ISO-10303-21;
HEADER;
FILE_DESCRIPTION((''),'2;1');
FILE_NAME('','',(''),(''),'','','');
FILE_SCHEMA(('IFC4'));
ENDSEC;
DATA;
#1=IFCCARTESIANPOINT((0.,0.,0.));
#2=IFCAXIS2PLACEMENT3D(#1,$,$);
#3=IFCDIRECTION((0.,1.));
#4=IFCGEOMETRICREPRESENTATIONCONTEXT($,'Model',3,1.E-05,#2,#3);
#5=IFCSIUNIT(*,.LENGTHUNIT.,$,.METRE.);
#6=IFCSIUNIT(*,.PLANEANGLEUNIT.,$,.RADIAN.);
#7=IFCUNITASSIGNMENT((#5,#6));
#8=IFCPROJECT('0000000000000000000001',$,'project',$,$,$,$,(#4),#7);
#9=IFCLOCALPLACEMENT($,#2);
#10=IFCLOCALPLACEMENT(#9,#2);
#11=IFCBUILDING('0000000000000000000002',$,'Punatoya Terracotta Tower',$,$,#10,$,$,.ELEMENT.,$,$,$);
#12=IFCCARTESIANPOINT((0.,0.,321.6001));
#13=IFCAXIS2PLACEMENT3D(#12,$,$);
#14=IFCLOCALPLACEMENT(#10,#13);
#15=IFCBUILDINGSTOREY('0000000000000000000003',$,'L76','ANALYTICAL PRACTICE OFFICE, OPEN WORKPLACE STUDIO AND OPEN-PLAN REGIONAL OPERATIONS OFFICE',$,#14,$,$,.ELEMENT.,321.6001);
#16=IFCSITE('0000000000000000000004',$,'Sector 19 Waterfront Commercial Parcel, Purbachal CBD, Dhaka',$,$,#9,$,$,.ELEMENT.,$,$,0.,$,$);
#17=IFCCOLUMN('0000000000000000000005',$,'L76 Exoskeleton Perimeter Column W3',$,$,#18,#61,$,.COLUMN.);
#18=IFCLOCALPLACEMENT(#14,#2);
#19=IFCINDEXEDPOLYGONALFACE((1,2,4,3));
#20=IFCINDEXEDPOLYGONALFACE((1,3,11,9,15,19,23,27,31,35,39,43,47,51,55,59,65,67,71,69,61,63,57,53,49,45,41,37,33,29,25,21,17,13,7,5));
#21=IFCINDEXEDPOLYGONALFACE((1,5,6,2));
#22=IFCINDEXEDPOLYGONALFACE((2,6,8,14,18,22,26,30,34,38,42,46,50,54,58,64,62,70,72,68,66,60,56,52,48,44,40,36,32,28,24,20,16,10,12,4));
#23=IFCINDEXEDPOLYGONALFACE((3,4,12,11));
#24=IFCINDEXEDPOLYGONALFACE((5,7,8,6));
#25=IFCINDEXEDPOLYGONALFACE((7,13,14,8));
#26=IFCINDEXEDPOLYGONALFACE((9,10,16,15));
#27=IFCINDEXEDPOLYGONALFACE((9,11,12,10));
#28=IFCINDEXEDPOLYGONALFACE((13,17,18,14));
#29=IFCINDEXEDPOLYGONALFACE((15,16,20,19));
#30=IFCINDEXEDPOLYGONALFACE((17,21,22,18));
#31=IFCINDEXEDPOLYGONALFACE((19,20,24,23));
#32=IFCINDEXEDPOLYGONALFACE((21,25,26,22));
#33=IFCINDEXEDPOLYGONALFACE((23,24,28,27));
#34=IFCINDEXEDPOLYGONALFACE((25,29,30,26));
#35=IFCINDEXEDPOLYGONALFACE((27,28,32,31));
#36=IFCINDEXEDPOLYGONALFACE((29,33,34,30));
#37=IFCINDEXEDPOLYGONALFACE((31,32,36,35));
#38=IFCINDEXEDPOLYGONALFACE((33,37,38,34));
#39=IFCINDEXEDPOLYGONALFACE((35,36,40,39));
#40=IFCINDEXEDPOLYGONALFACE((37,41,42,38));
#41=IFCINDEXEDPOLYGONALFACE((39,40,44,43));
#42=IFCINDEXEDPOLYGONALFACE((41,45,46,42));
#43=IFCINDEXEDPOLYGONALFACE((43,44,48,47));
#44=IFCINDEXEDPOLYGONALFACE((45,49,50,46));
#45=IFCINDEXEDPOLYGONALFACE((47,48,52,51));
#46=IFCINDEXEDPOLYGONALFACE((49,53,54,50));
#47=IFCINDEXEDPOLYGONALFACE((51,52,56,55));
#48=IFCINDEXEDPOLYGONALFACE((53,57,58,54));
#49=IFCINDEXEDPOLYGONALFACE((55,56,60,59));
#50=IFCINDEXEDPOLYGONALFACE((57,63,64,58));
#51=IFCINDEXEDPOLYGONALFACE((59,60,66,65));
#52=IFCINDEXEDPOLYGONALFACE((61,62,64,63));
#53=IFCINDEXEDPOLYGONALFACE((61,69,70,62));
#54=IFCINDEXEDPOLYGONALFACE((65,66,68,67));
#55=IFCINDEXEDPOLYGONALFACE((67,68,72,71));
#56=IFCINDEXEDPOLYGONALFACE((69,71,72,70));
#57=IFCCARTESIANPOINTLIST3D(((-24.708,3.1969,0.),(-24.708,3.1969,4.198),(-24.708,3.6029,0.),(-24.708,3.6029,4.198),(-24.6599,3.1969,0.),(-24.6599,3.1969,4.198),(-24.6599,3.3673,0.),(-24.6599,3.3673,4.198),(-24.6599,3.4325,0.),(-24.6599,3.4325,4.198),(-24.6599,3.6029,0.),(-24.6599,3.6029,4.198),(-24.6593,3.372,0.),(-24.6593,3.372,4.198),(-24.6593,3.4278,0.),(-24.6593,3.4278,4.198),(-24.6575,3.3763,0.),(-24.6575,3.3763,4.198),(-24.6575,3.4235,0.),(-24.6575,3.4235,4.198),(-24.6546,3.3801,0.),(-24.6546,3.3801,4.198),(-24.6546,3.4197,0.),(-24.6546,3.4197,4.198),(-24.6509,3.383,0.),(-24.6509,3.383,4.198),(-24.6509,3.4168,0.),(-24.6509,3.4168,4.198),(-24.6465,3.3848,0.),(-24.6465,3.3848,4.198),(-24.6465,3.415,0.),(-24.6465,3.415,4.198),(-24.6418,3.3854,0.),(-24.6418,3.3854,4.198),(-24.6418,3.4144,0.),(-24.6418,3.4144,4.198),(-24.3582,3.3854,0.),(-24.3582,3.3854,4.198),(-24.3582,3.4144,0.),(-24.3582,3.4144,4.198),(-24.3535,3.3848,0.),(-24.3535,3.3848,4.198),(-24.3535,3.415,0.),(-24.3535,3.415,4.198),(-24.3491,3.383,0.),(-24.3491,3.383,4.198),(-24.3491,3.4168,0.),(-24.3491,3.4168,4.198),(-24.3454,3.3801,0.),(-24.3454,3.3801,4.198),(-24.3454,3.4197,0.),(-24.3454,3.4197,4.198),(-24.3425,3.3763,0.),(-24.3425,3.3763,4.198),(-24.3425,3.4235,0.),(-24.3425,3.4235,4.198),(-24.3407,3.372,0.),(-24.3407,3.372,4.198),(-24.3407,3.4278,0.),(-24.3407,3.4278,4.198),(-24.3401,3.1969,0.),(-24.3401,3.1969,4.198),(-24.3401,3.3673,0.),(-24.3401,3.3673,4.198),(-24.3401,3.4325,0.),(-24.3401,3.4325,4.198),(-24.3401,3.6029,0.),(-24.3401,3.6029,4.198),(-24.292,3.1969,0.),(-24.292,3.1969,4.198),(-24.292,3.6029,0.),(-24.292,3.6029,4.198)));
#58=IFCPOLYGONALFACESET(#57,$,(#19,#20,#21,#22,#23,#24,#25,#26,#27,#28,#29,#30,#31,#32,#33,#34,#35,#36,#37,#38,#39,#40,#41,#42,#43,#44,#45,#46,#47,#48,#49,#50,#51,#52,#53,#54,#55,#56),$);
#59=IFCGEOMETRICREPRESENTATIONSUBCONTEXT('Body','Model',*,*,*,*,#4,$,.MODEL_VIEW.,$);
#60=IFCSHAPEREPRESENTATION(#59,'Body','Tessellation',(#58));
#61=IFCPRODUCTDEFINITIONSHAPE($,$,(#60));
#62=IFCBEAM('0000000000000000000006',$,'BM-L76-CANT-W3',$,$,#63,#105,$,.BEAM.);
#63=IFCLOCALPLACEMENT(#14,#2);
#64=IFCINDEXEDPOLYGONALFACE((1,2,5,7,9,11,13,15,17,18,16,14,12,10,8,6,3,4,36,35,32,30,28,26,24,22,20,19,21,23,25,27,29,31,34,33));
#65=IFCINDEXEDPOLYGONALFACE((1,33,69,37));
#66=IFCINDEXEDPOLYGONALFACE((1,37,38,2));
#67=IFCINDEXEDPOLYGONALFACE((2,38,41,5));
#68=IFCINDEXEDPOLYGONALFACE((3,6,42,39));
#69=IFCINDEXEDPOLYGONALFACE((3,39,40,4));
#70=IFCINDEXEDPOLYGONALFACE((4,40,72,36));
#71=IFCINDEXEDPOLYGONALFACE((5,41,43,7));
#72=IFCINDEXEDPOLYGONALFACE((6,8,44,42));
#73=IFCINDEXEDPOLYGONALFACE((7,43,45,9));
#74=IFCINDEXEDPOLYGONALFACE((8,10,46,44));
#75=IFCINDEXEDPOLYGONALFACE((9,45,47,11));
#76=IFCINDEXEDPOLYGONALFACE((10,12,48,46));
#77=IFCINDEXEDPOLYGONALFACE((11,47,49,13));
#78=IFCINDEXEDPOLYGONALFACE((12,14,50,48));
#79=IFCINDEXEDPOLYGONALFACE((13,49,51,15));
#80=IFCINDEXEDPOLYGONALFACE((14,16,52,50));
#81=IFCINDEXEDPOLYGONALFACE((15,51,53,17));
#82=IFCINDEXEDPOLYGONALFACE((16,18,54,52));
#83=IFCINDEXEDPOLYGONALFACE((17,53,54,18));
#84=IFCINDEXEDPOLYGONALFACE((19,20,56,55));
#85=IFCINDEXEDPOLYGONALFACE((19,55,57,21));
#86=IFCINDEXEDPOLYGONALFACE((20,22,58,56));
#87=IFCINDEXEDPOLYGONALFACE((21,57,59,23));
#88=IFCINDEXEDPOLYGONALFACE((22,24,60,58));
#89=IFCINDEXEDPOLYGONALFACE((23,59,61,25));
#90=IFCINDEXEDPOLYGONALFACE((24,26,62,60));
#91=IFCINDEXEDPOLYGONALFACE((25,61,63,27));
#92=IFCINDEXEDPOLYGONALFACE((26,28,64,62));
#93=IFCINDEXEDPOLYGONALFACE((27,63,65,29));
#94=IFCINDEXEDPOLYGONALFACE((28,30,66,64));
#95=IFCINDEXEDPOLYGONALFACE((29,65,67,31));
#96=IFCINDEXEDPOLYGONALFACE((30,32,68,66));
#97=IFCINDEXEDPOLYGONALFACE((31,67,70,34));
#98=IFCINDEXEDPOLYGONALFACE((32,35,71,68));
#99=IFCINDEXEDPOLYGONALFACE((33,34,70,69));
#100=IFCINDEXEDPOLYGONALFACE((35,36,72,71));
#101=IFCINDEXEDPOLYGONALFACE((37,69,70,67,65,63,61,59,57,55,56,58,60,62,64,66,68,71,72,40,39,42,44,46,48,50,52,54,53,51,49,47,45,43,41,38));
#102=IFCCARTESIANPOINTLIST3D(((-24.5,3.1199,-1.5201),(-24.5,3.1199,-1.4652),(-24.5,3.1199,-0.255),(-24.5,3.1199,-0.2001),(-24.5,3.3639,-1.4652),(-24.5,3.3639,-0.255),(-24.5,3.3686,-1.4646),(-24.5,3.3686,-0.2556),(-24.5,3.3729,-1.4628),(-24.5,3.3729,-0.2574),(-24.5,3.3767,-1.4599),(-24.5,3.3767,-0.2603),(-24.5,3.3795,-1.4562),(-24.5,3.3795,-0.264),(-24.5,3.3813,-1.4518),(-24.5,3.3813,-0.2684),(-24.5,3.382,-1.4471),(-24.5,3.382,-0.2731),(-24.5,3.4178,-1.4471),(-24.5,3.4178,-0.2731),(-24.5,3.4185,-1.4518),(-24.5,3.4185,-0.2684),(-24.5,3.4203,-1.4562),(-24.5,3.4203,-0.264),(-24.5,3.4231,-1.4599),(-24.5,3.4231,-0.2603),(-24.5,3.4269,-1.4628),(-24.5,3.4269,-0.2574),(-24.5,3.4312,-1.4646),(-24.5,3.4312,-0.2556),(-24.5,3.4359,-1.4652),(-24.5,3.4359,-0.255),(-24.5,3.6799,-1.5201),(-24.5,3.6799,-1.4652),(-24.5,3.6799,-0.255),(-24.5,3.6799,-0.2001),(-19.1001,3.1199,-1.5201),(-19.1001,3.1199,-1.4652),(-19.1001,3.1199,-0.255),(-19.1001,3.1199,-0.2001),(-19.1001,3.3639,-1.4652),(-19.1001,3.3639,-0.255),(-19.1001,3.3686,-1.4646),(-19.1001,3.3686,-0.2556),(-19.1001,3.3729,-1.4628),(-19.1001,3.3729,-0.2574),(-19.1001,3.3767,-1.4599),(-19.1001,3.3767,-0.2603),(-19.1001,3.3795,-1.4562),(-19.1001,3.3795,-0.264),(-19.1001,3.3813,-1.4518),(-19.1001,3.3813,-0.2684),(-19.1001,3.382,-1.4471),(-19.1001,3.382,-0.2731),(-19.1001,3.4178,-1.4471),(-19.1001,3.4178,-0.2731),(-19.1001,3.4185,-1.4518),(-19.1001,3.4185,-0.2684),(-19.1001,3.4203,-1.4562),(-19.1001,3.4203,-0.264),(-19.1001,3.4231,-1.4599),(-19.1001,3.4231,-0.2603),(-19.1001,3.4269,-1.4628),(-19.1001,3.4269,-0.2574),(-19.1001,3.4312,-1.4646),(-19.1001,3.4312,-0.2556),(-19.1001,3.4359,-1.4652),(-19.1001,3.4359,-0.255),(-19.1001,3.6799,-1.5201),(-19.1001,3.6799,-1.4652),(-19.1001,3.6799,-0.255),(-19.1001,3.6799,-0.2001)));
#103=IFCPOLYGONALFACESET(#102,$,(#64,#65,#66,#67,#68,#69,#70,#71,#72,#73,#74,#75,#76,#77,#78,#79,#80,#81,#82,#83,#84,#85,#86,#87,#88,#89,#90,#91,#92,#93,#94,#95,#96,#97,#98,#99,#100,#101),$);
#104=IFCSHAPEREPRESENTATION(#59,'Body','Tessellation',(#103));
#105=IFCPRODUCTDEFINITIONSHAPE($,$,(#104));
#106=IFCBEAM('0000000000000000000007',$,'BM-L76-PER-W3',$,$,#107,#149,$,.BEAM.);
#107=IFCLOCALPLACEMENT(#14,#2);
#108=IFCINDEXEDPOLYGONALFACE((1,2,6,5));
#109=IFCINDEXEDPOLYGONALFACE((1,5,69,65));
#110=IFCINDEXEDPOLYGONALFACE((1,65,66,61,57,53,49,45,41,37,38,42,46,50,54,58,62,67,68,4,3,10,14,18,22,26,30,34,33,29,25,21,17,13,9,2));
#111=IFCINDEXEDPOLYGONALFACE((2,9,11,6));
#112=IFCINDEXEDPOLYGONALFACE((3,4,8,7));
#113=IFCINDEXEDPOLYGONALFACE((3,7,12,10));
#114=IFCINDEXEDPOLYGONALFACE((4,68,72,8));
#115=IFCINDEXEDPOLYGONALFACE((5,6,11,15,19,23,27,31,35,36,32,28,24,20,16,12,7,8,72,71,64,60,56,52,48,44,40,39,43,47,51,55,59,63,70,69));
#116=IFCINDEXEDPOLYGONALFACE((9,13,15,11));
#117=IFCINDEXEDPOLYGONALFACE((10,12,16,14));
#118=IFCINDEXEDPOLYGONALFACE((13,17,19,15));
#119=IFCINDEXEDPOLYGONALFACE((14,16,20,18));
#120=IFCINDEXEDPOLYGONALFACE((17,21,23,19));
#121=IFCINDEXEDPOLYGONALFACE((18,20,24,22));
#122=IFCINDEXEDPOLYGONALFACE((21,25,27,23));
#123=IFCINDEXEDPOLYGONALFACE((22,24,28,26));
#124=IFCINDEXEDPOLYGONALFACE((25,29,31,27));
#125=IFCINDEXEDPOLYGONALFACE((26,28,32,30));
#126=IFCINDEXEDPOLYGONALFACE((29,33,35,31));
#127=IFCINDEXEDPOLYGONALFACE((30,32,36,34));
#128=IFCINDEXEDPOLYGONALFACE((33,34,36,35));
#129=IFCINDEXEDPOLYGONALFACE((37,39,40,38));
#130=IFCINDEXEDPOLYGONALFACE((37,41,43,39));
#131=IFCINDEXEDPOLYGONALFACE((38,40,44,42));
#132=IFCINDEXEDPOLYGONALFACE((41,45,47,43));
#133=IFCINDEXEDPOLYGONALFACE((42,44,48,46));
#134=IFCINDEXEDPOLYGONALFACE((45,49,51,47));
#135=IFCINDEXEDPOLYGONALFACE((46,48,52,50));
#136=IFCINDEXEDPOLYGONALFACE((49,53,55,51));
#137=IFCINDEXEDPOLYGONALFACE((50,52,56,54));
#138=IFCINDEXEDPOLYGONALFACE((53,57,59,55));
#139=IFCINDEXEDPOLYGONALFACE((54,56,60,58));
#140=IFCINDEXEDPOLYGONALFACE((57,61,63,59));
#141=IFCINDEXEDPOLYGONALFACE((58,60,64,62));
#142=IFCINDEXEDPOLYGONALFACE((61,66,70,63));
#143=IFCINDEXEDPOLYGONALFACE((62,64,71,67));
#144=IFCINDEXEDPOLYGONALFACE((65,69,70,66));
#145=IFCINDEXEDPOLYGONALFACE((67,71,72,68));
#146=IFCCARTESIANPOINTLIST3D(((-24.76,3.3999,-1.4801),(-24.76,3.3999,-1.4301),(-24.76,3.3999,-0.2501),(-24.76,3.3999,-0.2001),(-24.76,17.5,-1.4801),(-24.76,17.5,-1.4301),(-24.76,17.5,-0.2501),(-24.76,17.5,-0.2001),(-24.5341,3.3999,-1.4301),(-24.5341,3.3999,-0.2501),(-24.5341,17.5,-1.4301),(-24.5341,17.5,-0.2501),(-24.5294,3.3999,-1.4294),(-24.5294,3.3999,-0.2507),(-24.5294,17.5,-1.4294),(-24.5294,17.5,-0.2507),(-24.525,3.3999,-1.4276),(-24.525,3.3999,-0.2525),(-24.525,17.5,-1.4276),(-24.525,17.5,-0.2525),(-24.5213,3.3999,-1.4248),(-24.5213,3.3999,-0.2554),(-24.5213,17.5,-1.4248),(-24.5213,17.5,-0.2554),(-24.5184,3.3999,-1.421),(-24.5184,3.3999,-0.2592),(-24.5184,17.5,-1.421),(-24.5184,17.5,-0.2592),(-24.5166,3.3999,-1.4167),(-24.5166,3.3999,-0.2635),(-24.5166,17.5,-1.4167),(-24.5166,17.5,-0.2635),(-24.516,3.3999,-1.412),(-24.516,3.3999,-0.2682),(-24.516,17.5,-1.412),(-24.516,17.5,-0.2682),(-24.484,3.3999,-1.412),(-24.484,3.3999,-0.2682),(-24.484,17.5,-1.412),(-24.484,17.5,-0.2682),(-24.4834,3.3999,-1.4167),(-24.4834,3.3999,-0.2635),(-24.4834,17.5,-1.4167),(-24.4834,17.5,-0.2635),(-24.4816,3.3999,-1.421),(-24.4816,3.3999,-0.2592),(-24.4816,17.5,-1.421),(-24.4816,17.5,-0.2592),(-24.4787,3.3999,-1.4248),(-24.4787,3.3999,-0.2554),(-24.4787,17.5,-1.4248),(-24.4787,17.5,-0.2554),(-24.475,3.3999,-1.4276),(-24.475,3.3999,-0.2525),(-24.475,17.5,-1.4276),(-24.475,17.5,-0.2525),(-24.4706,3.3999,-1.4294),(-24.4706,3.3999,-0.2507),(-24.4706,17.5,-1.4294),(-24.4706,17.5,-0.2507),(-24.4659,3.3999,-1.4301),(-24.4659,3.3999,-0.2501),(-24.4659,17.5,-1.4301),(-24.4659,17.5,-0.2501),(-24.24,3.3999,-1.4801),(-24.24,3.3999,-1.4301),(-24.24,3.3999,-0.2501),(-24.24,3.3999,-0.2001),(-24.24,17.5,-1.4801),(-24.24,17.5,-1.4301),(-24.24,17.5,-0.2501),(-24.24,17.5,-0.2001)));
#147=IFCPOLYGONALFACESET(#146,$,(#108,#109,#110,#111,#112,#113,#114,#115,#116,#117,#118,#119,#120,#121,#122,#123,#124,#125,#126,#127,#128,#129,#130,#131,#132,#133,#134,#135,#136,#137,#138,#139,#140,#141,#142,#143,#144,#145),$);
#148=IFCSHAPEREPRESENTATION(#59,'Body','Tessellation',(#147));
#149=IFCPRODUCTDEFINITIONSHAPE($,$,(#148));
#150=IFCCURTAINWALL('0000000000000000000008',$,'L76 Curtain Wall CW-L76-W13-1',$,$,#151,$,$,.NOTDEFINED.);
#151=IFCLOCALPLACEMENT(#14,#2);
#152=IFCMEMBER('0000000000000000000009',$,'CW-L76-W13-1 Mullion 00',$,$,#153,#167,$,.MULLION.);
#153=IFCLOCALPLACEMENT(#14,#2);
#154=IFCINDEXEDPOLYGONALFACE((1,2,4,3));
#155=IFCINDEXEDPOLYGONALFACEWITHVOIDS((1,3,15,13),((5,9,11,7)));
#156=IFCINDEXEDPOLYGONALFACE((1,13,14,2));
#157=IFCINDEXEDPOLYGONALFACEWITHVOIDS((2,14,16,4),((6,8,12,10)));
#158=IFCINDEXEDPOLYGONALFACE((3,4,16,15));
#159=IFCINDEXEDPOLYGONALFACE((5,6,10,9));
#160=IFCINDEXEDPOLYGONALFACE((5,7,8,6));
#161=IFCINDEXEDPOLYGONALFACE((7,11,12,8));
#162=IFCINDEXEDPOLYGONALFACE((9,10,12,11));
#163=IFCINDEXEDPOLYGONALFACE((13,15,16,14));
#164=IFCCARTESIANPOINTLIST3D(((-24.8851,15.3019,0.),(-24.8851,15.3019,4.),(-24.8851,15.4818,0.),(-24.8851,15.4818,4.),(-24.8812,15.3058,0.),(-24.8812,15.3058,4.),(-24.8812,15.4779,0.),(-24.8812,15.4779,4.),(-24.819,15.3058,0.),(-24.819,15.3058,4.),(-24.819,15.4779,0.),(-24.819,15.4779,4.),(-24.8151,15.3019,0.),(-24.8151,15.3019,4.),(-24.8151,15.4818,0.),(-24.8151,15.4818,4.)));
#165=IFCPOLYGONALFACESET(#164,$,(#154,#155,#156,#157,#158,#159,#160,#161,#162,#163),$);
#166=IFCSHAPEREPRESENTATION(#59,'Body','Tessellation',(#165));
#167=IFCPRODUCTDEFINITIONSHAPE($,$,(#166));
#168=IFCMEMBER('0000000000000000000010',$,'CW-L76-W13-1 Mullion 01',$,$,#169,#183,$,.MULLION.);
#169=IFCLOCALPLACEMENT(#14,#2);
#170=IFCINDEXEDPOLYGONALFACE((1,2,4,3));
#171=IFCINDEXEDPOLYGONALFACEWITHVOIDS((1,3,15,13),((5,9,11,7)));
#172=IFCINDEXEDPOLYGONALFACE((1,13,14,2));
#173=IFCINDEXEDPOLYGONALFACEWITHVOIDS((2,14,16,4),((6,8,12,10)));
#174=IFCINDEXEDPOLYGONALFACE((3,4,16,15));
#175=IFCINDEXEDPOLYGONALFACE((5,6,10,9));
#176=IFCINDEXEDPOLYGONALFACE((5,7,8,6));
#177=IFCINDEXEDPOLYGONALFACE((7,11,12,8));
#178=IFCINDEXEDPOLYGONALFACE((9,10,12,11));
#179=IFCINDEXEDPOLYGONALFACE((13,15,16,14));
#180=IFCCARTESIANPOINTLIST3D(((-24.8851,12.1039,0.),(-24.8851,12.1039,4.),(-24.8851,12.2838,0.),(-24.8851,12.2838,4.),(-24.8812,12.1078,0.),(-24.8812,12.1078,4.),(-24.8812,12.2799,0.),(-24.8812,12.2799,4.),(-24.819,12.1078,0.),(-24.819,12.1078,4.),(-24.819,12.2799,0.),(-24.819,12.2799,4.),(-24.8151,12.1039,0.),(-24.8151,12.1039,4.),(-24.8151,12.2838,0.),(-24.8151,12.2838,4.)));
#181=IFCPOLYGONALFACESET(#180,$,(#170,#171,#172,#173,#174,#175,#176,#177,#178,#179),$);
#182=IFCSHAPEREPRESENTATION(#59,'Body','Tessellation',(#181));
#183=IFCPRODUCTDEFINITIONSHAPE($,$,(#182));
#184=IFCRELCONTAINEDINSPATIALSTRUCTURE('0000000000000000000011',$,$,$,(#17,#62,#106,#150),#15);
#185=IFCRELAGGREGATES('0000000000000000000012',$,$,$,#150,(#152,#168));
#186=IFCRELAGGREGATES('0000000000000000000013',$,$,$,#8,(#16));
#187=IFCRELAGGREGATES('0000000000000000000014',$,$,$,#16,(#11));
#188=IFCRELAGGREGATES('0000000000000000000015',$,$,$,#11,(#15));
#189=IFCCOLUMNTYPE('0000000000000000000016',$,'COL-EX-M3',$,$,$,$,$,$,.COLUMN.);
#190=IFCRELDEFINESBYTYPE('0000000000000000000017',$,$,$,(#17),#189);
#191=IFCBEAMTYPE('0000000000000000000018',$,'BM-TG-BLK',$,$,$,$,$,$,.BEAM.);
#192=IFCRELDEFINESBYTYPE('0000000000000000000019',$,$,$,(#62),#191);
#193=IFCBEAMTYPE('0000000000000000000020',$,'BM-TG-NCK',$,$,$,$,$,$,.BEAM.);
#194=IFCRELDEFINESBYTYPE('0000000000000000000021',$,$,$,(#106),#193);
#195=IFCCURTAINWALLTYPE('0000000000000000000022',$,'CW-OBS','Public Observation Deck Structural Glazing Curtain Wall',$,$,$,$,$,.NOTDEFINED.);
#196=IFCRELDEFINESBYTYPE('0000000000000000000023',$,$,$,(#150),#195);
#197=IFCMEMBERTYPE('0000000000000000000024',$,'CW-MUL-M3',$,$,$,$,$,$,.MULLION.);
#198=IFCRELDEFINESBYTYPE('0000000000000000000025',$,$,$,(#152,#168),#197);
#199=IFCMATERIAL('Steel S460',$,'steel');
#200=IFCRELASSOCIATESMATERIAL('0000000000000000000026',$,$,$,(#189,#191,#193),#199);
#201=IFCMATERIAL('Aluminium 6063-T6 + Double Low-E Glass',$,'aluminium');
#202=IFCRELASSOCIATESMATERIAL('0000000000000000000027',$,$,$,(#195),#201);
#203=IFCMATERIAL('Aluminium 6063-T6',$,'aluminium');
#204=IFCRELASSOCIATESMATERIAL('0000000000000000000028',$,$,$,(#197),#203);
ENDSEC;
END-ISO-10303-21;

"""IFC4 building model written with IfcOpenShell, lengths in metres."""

from ifc_helpers import new_model, si_unit, direction, frame, origin, origin_2d, place, context, subcontext, project, spatial, hollow_rectangle, i_section, extrude, material, material_profile, profile_set, type_object, element, aggregate, save


model = new_model("IFC4")

# Units and contexts
model_context = context("Model", 3, precision=1e-05, world=origin(), true_north=direction((0.0, 1.0)))
body_context = subcontext(model_context, "Body", "Model", "MODEL_VIEW")
ifc_project = project(units=[si_unit("LENGTHUNIT", "METRE"), si_unit("PLANEANGLEUNIT", "RADIAN")], contexts=[model_context])

# Site, building, storey
site_placement = place(None, origin())
site = spatial("IfcSite", under=ifc_project, at=site_placement, Name="Sector 19 Waterfront Commercial Parcel, Purbachal CBD, Dhaka", CompositionType="ELEMENT", RefElevation=0.0)
building_placement = place(site_placement, origin())
building = spatial("IfcBuilding", under=site, at=building_placement, Name="Punatoya Terracotta Tower", CompositionType="ELEMENT")
storey_placement = place(building_placement, frame((0.0, 0.0, 321.6001)))
storey = spatial("IfcBuildingStorey", under=building, at=storey_placement, Name="L76", Description="ANALYTICAL PRACTICE OFFICE, OPEN WORKPLACE STUDIO AND OPEN-PLAN REGIONAL OPERATIONS OFFICE", CompositionType="ELEMENT", Elevation=321.6001)

# Column
ifc_material_1 = material(Name="Steel S460", Category="steel")
ifc_material_profile_1 = material_profile(ifc_material_1, i_section(OverallWidth=0.406, OverallDepth=0.416, WebThickness=0.0291, FlangeThickness=0.0481, FilletRadius=0.0181, at=origin_2d()))
ifc_profile_set_1 = profile_set([ifc_material_profile_1], Name="Steel S460")
column_type = type_object("IfcColumnType", Name="COL-EX-M3", PredefinedType="COLUMN", material=ifc_profile_set_1)
column_placement = place(storey_placement, frame((-24.5, 3.3999, 0.0), z_axis=(0.0, 0.0, 1.0), x_axis=(0.0, 1.0, 0.0)))
element("IfcColumn", 1, at=column_placement, inside=storey, type_object=column_type, Name="L76 Exoskeleton Perimeter Column W3", PredefinedType="COLUMN", context=body_context, shape_type="SweptSolid", body=[
    extrude(i_section(OverallWidth=0.406, OverallDepth=0.416, WebThickness=0.0291, FlangeThickness=0.0481, FilletRadius=0.0181, at=origin_2d()), origin(), (0.0, 0.0, 1.0), 4.198),
])

# Beams
ifc_material_profile_2 = material_profile(ifc_material_1, i_section(OverallWidth=0.5601, OverallDepth=1.3201, WebThickness=0.0359, FlangeThickness=0.0549, FilletRadius=0.0181, at=origin_2d()))
ifc_profile_set_2 = profile_set([ifc_material_profile_2], Name="Steel S460")
beam_type_1 = type_object("IfcBeamType", Name="BM-TG-BLK", PredefinedType="BEAM", material=ifc_profile_set_2)
beam_1_placement = place(storey_placement, frame((-24.5, 3.3999, -0.8601), z_axis=(1.0, 0.0, 0.0), x_axis=(0.0, 1.0, 0.0)))
element("IfcBeam", 2, at=beam_1_placement, inside=storey, type_object=beam_type_1, Name="BM-L76-CANT-W3", PredefinedType="BEAM", context=body_context, shape_type="SweptSolid", body=[
    extrude(i_section(OverallWidth=0.5601, OverallDepth=1.3201, WebThickness=0.0359, FlangeThickness=0.0549, FilletRadius=0.0181, at=origin_2d()), origin(), (0.0, 0.0, 1.0), 5.3999),
])
ifc_material_profile_3 = material_profile(ifc_material_1, i_section(OverallWidth=0.52, OverallDepth=1.28, WebThickness=0.032, FlangeThickness=0.05, FilletRadius=0.0181, at=origin_2d()))
ifc_profile_set_3 = profile_set([ifc_material_profile_3], Name="Steel S460")
beam_type_2 = type_object("IfcBeamType", Name="BM-TG-NCK", PredefinedType="BEAM", material=ifc_profile_set_3)
beam_2_placement = place(storey_placement, frame((-24.5, 3.3999, -0.8401), z_axis=(0.0, 1.0, 0.0), x_axis=(-1.0, 0.0, 0.0)))
element("IfcBeam", 3, at=beam_2_placement, inside=storey, type_object=beam_type_2, Name="BM-L76-PER-W3", PredefinedType="BEAM", context=body_context, shape_type="SweptSolid", body=[
    extrude(i_section(OverallWidth=0.52, OverallDepth=1.28, WebThickness=0.032, FlangeThickness=0.05, FilletRadius=0.0181, at=origin_2d()), origin(), (0.0, 0.0, 1.0), 14.1001),
])

# Curtain wall, members
ifc_material_2 = material(Name="Aluminium 6063-T6 + Double Low-E Glass", Category="aluminium")
curtain_wall_type = type_object("IfcCurtainWallType", Name="CW-OBS", Description="Public Observation Deck Structural Glazing Curtain Wall", PredefinedType="NOTDEFINED", material=ifc_material_2)
curtain_wall_placement = place(storey_placement, origin())
curtain_wall = element("IfcCurtainWall", 4, at=curtain_wall_placement, inside=storey, type_object=curtain_wall_type, Name="L76 Curtain Wall CW-L76-W13-1", PredefinedType="NOTDEFINED")
ifc_material_3 = material(Name="Aluminium 6063-T6", Category="aluminium")
ifc_material_profile_4 = material_profile(ifc_material_3, hollow_rectangle(XDim=0.0701, YDim=0.1799, WallThickness=0.0039, at=origin_2d()))
ifc_profile_set_4 = profile_set([ifc_material_profile_4], Name="Aluminium 6063-T6")
member_type_1 = type_object("IfcMemberType", Name="CW-MUL-M3", PredefinedType="MULLION", material=ifc_profile_set_4)
member_1_placement = place(storey_placement, frame((-24.8501, 15.3918, 0.0), z_axis=(0.0, 0.0, 1.0), x_axis=(1.0, 0.0, 0.0)))
member_1 = element("IfcMember", 5, at=member_1_placement, type_object=member_type_1, Name="CW-L76-W13-1 Mullion 00", PredefinedType="MULLION", context=body_context, shape_type="SweptSolid", body=[
    extrude(hollow_rectangle(XDim=0.0701, YDim=0.1799, WallThickness=0.0039, at=origin_2d()), origin(), (0.0, 0.0, 1.0), 4.0),
])
member_2_placement = place(storey_placement, frame((-24.8501, 12.1938, 0.0), z_axis=(0.0, 0.0, 1.0), x_axis=(1.0, 0.0, 0.0)))
member_2 = element("IfcMember", 6, at=member_2_placement, type_object=member_type_1, Name="CW-L76-W13-1 Mullion 01", PredefinedType="MULLION", context=body_context, shape_type="SweptSolid", body=[
    extrude(hollow_rectangle(XDim=0.0701, YDim=0.1799, WallThickness=0.0039, at=origin_2d()), origin(), (0.0, 0.0, 1.0), 4.0),
])

aggregate(curtain_wall, [member_1, member_2])

save(model, "model.ifc")
